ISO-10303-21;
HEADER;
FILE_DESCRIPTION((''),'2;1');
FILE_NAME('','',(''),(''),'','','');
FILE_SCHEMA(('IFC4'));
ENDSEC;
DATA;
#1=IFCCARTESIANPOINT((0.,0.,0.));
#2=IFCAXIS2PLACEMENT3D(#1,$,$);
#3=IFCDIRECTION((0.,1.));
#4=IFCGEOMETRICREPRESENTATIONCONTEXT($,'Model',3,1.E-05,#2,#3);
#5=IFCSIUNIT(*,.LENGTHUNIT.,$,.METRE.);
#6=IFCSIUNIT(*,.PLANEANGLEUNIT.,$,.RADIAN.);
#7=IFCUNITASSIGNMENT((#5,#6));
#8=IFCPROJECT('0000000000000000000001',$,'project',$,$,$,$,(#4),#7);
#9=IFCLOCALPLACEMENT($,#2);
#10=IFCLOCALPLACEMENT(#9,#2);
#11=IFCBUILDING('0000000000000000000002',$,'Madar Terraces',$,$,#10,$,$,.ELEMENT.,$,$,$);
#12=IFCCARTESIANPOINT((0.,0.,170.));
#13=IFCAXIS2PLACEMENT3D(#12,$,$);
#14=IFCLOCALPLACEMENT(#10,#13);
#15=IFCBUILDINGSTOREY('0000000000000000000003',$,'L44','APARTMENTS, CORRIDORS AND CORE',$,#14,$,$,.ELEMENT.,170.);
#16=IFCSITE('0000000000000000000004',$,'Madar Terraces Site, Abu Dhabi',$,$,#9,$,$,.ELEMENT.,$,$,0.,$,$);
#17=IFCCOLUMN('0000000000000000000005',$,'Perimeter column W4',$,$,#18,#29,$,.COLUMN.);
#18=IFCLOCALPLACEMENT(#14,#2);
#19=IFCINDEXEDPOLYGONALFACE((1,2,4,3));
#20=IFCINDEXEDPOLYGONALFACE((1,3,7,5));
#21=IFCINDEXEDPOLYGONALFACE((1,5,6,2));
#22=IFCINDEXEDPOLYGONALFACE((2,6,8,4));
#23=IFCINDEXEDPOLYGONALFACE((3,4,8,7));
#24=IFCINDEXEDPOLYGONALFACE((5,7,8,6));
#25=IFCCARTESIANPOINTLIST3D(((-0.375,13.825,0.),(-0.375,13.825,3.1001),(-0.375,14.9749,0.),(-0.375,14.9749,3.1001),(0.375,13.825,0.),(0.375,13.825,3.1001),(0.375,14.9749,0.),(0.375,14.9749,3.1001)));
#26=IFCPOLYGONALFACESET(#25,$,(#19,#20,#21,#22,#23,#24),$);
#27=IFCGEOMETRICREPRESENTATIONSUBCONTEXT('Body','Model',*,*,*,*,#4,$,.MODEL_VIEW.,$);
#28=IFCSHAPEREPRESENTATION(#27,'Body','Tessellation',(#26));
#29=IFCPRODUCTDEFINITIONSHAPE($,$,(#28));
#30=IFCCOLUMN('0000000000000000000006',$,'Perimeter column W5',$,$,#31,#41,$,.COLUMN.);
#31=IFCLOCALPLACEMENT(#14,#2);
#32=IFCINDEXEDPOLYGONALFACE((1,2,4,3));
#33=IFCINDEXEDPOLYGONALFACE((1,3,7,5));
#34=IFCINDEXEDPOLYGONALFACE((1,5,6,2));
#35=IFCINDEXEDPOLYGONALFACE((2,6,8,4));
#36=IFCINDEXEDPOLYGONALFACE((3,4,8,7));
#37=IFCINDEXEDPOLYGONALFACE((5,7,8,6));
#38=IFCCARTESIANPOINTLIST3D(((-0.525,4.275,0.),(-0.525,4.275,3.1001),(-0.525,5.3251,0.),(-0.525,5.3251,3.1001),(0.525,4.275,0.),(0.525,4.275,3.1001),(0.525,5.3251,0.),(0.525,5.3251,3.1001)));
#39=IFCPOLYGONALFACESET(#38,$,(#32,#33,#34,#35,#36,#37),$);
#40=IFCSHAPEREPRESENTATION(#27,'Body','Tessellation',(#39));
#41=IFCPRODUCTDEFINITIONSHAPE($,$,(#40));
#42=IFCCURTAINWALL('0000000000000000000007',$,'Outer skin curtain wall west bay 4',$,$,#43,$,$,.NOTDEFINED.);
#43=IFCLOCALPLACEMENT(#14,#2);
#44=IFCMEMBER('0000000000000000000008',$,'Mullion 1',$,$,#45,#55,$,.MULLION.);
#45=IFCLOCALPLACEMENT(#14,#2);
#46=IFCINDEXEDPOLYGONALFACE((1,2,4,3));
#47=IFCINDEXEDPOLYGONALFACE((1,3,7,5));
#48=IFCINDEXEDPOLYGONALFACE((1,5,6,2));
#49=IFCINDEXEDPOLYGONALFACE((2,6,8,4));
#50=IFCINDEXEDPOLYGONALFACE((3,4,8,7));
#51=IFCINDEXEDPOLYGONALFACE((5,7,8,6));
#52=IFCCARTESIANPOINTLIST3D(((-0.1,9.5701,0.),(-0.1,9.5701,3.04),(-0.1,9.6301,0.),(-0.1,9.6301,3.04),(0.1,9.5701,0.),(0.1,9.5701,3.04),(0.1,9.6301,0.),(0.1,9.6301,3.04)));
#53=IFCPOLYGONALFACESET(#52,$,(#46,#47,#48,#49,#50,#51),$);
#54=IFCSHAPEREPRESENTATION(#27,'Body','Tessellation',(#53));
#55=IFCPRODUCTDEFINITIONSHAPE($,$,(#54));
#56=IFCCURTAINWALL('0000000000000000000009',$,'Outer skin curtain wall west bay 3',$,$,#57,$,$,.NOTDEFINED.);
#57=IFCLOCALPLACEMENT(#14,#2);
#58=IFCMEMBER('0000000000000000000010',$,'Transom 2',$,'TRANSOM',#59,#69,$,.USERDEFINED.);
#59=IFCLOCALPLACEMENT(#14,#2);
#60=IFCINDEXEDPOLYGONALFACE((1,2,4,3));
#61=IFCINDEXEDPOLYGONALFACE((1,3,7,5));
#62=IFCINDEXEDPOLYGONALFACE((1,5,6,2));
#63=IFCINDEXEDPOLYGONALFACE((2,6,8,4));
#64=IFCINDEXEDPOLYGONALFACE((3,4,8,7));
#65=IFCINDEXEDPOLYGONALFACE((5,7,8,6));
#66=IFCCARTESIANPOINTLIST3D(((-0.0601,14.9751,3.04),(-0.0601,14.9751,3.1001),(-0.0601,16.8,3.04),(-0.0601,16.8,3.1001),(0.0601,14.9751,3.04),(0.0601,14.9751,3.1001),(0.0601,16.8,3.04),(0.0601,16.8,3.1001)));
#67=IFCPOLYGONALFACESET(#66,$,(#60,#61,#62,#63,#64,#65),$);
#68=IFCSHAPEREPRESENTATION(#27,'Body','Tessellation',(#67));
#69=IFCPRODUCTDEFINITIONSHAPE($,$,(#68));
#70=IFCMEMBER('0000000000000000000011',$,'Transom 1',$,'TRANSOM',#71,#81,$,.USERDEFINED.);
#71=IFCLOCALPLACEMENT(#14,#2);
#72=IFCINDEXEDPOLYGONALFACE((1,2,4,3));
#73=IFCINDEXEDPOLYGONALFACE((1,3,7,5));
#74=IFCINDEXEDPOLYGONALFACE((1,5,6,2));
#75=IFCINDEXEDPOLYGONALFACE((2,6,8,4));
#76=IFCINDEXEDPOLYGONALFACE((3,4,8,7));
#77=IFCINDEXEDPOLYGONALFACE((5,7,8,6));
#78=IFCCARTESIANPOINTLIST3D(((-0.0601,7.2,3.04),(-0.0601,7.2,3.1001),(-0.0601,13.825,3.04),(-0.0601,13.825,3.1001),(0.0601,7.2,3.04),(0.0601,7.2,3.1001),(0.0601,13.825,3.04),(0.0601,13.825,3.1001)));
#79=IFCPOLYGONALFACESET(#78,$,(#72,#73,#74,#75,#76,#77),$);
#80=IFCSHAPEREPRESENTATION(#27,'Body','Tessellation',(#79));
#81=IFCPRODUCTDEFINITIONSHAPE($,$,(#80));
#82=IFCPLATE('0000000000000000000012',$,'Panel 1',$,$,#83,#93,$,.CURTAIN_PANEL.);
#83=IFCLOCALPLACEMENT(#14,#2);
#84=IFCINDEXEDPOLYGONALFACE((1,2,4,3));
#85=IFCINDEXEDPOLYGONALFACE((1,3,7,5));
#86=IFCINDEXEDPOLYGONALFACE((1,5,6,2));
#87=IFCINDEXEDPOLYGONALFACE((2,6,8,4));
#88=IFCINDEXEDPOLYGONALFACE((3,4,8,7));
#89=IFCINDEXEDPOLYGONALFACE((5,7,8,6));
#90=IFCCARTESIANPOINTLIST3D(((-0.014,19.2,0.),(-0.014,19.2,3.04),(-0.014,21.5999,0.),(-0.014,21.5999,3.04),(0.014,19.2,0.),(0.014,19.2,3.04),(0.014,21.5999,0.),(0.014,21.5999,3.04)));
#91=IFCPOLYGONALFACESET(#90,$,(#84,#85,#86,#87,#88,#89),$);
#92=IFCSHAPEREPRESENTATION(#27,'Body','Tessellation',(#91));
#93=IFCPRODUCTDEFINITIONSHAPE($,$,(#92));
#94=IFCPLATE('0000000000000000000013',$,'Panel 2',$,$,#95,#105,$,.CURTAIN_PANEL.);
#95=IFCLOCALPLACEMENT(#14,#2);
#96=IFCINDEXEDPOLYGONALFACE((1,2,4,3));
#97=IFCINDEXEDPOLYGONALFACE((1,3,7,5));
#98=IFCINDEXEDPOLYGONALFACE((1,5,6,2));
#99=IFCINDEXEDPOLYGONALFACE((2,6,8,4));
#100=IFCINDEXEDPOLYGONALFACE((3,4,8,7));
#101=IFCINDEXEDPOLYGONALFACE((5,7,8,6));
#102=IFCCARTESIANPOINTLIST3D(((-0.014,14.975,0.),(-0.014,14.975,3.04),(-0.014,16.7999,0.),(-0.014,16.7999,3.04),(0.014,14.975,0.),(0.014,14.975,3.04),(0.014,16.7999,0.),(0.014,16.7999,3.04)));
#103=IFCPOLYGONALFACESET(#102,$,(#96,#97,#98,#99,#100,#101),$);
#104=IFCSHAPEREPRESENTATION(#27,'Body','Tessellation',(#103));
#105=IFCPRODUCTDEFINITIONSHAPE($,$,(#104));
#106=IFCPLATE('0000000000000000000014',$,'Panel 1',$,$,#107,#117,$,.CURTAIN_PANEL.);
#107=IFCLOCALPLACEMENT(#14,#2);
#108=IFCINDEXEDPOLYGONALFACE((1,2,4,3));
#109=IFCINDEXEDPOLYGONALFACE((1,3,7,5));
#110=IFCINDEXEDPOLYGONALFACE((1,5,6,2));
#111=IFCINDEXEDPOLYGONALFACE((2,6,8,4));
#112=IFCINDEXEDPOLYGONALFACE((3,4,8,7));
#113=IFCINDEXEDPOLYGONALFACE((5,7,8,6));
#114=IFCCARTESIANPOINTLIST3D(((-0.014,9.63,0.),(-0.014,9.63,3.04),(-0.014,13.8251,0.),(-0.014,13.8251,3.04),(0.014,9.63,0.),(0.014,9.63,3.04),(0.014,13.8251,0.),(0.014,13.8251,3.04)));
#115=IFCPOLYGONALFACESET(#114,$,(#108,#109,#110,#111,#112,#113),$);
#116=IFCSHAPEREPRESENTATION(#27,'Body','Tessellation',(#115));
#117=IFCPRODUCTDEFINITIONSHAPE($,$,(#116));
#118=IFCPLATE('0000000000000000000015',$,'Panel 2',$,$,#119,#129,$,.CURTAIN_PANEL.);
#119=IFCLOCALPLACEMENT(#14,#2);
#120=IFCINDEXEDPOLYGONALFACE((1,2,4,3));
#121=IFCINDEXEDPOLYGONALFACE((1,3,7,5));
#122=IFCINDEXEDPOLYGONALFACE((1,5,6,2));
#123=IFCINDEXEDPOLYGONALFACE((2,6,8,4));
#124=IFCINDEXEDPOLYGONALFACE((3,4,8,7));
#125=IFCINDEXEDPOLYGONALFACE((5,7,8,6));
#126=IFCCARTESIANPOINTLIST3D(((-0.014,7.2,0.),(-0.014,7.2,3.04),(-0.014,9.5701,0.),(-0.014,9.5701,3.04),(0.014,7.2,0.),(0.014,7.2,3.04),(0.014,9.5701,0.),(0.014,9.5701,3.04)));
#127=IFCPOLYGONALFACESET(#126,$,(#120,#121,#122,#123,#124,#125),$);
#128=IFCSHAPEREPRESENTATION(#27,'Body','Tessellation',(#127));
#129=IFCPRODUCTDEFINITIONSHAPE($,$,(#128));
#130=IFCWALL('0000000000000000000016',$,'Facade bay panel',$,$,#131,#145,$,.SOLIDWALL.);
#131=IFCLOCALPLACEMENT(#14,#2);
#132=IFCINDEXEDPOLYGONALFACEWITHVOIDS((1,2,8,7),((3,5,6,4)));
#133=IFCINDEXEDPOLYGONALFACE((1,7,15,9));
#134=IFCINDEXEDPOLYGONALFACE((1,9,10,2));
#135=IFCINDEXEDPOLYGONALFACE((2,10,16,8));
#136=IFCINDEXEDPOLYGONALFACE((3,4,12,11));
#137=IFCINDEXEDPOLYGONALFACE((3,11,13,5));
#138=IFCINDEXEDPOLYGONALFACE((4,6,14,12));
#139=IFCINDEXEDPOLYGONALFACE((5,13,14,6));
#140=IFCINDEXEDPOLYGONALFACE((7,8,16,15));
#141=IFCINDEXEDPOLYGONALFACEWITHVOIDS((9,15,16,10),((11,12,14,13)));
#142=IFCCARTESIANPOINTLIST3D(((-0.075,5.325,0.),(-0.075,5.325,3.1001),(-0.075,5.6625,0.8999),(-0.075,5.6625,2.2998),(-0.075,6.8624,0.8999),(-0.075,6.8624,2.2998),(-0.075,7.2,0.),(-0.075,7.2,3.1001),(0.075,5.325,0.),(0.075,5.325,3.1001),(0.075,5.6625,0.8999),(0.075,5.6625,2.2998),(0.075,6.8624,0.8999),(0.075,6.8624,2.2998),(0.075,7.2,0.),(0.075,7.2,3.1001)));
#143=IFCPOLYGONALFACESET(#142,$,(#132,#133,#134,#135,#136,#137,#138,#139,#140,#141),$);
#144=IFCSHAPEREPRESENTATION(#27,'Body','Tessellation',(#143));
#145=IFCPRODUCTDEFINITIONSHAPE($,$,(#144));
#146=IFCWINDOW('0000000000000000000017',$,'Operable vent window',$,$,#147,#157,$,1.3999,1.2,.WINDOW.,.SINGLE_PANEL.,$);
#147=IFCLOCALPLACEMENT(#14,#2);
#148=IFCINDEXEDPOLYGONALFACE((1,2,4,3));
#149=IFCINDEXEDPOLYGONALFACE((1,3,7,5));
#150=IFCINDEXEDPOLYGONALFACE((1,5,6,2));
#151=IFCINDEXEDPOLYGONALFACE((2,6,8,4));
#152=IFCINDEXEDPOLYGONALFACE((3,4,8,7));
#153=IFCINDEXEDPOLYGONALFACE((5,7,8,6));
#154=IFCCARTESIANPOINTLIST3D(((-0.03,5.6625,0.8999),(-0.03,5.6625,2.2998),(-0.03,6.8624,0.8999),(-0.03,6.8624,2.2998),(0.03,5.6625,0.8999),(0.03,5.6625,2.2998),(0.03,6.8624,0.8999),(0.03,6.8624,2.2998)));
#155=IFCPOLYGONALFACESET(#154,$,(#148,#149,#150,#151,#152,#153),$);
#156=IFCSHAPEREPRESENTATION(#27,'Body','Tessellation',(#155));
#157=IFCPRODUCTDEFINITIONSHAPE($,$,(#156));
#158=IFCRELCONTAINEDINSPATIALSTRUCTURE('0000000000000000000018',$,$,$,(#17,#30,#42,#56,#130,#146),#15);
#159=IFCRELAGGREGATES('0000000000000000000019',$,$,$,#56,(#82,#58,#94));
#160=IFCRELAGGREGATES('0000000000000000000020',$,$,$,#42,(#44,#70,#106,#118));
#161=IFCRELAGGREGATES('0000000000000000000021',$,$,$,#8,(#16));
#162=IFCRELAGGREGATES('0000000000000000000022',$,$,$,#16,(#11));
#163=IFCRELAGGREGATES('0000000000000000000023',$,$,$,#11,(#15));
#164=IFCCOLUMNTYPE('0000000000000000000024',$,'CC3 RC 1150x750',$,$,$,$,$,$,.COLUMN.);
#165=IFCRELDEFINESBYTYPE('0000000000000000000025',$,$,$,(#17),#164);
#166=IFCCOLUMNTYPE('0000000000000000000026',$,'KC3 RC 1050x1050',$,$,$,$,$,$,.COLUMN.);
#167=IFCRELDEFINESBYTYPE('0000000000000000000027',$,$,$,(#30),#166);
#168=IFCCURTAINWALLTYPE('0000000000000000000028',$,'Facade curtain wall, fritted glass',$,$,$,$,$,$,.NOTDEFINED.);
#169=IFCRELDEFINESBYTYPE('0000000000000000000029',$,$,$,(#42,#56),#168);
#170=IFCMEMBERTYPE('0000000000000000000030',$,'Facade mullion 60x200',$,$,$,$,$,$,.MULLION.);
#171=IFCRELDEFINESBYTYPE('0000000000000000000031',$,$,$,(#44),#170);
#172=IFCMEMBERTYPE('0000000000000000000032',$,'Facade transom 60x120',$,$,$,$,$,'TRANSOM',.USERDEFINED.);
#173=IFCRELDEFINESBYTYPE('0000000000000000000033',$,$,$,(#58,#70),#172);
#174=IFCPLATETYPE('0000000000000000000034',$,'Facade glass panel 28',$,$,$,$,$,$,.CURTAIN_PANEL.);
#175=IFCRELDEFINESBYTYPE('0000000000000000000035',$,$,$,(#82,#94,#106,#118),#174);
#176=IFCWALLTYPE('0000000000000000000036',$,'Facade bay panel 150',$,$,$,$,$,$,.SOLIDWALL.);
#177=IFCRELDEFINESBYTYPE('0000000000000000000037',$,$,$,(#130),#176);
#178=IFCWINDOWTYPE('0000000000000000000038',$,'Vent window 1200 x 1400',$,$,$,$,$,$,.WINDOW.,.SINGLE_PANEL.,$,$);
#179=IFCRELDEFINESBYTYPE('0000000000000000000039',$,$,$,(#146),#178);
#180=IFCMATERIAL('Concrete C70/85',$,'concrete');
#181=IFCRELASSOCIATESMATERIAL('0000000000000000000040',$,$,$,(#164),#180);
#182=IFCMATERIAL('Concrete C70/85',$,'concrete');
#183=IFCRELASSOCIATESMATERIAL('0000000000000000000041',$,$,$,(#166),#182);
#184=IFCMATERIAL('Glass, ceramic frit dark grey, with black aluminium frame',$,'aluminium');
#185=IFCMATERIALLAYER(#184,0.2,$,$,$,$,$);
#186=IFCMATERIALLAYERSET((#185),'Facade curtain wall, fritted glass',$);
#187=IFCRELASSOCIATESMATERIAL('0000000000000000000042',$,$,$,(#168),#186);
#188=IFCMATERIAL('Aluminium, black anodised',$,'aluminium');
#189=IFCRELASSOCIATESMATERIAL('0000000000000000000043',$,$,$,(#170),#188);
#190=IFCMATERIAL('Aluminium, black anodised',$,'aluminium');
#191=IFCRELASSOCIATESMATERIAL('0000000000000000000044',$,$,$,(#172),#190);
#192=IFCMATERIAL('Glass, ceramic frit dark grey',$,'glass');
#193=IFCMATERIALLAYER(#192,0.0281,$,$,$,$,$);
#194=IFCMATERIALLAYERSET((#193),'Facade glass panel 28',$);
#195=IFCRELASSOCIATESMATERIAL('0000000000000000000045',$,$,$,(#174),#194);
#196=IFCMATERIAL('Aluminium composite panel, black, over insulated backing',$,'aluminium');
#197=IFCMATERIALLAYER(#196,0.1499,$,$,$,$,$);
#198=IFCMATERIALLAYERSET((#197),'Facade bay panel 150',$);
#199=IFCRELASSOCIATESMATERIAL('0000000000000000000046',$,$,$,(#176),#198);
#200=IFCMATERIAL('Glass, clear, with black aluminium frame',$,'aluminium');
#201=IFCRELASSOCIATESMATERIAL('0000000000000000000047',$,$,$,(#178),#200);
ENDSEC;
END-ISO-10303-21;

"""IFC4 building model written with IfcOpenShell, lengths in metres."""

from ifc_helpers import new_model, si_unit, direction, frame, frame_2d, origin, origin_2d, place, context, subcontext, project, spatial, rectangle, extrude, material, layer, layer_set, material_profile, profile_set, type_object, element, fill, aggregate, save


model = new_model("IFC4")

# Units and contexts
model_context = context("Model", 3, precision=1e-05, world=origin(), true_north=direction((0.0, 1.0)))
body_context = subcontext(model_context, "Body", "Model", "MODEL_VIEW")
ifc_project = project(units=[si_unit("LENGTHUNIT", "METRE"), si_unit("PLANEANGLEUNIT", "RADIAN")], contexts=[model_context])

# Site, building, storey
site_placement = place(None, origin())
site = spatial("IfcSite", under=ifc_project, at=site_placement, Name="Madar Terraces Site, Abu Dhabi", CompositionType="ELEMENT", RefElevation=0.0)
building_placement = place(site_placement, origin())
building = spatial("IfcBuilding", under=site, at=building_placement, Name="Madar Terraces", CompositionType="ELEMENT")
storey_placement = place(building_placement, frame((0.0, 0.0, 170.0)))
storey = spatial("IfcBuildingStorey", under=building, at=storey_placement, Name="L44", Description="APARTMENTS, CORRIDORS AND CORE", CompositionType="ELEMENT", Elevation=170.0)

# Columns
ifc_material_1 = material(Name="Concrete C70/85", Category="concrete")
ifc_material_profile_1 = material_profile(ifc_material_1, rectangle(XDim=1.1499, YDim=0.75, at=origin_2d()), Name="CC3 RC 1150x750")
ifc_profile_set_1 = profile_set([ifc_material_profile_1], Name="Concrete C70/85")
column_type_1 = type_object("IfcColumnType", Name="CC3 RC 1150x750", PredefinedType="COLUMN", material=ifc_profile_set_1)
column_1_placement = place(storey_placement, frame((0.0, 14.3999, 0.0), z_axis=(0.0, 0.0, 1.0), x_axis=(0.0, 1.0, 0.0)))
element("IfcColumn", 1, at=column_1_placement, inside=storey, type_object=column_type_1, Name="Perimeter column W4", PredefinedType="COLUMN", context=body_context, shape_type="SweptSolid", body=[
    extrude(rectangle(XDim=1.1499, YDim=0.75, at=origin_2d()), origin(), (0.0, 0.0, 1.0), 3.1001),
])
ifc_material_2 = material(Name="Concrete C70/85", Category="concrete")
ifc_material_profile_2 = material_profile(ifc_material_2, rectangle(XDim=1.05, YDim=1.05, at=origin_2d()), Name="KC3 RC 1050x1050")
ifc_profile_set_2 = profile_set([ifc_material_profile_2], Name="Concrete C70/85")
column_type_2 = type_object("IfcColumnType", Name="KC3 RC 1050x1050", PredefinedType="COLUMN", material=ifc_profile_set_2)
column_2_placement = place(storey_placement, frame((0.0, 4.8, 0.0), z_axis=(0.0, 0.0, 1.0), x_axis=(1.0, 0.0, 0.0)))
element("IfcColumn", 2, at=column_2_placement, inside=storey, type_object=column_type_2, Name="Perimeter column W5", PredefinedType="COLUMN", context=body_context, shape_type="SweptSolid", body=[
    extrude(rectangle(XDim=1.05, YDim=1.05, at=origin_2d()), origin(), (0.0, 0.0, 1.0), 3.1001),
])

# Curtain walls, members
ifc_material_3 = material(Name="Glass, ceramic frit dark grey, with black aluminium frame", Category="aluminium")
ifc_layer_1 = layer(ifc_material_3, 0.2)
ifc_layer_set_1 = layer_set([ifc_layer_1], Name="Facade curtain wall, fritted glass")
curtain_wall_type = type_object("IfcCurtainWallType", Name="Facade curtain wall, fritted glass", PredefinedType="NOTDEFINED", material=ifc_layer_set_1)
curtain_wall_1_placement = place(storey_placement, origin())
curtain_wall_1 = element("IfcCurtainWall", 3, at=curtain_wall_1_placement, inside=storey, type_object=curtain_wall_type, Name="Outer skin curtain wall west bay 4", PredefinedType="NOTDEFINED")
ifc_material_4 = material(Name="Aluminium, black anodised", Category="aluminium")
ifc_material_profile_3 = material_profile(ifc_material_4, rectangle(XDim=0.2, YDim=0.0601, at=origin_2d()), Name="Facade mullion 60x200")
ifc_profile_set_3 = profile_set([ifc_material_profile_3], Name="Aluminium, black anodised")
member_type_1 = type_object("IfcMemberType", Name="Facade mullion 60x200", PredefinedType="MULLION", material=ifc_profile_set_3)
member_1_placement = place(storey_placement, frame((0.0, 9.6001, 0.0), z_axis=(0.0, 0.0, 1.0), x_axis=(1.0, 0.0, 0.0)))
member_1 = element("IfcMember", 4, at=member_1_placement, type_object=member_type_1, Name="Mullion 1", PredefinedType="MULLION", context=body_context, shape_type="SweptSolid", body=[
    extrude(rectangle(XDim=0.2, YDim=0.0601, at=origin_2d()), origin(), (0.0, 0.0, 1.0), 3.04),
])
curtain_wall_2_placement = place(storey_placement, origin())
curtain_wall_2 = element("IfcCurtainWall", 5, at=curtain_wall_2_placement, inside=storey, type_object=curtain_wall_type, Name="Outer skin curtain wall west bay 3", PredefinedType="NOTDEFINED")
ifc_material_5 = material(Name="Aluminium, black anodised", Category="aluminium")
ifc_material_profile_4 = material_profile(ifc_material_5, rectangle(XDim=0.1201, YDim=0.0601, at=origin_2d()), Name="Facade transom 60x120")
ifc_profile_set_4 = profile_set([ifc_material_profile_4], Name="Aluminium, black anodised")
member_type_2 = type_object("IfcMemberType", Name="Facade transom 60x120", ElementType="TRANSOM", PredefinedType="USERDEFINED", material=ifc_profile_set_4)
member_2_placement = place(storey_placement, frame((0.0, 16.8, 3.0701), z_axis=(0.0, -1.0, 0.0), x_axis=(1.0, 0.0, 0.0)))
member_2 = element("IfcMember", 6, at=member_2_placement, type_object=member_type_2, Name="Transom 2", ObjectType="TRANSOM", PredefinedType="USERDEFINED", context=body_context, shape_type="SweptSolid", body=[
    extrude(rectangle(XDim=0.1201, YDim=0.0601, at=origin_2d()), origin(), (0.0, 0.0, 1.0), 1.825),
])

# Member
member_3_placement = place(storey_placement, frame((0.0, 13.825, 3.0701), z_axis=(0.0, -1.0, 0.0), x_axis=(1.0, 0.0, 0.0)))
member_3 = element("IfcMember", 7, at=member_3_placement, type_object=member_type_2, Name="Transom 1", ObjectType="TRANSOM", PredefinedType="USERDEFINED", context=body_context, shape_type="SweptSolid", body=[
    extrude(rectangle(XDim=0.1201, YDim=0.0601, at=origin_2d()), origin(), (0.0, 0.0, 1.0), 6.625),
])

# Plates
ifc_material_6 = material(Name="Glass, ceramic frit dark grey", Category="glass")
ifc_layer_2 = layer(ifc_material_6, 0.0281)
ifc_layer_set_2 = layer_set([ifc_layer_2], Name="Facade glass panel 28")
plate_type = type_object("IfcPlateType", Name="Facade glass panel 28", PredefinedType="CURTAIN_PANEL", material=ifc_layer_set_2)
plate_1_placement = place(storey_placement, frame((0.0, 20.3999, 0.0), z_axis=(0.0, 0.0, 1.0), x_axis=(0.0, -1.0, 0.0)))
plate_1 = element("IfcPlate", 8, at=plate_1_placement, type_object=plate_type, Name="Panel 1", PredefinedType="CURTAIN_PANEL", context=body_context, shape_type="SweptSolid", body=[
    extrude(rectangle(XDim=2.3999, YDim=0.0281, at=origin_2d()), origin(), (0.0, 0.0, 1.0), 3.04),
])
plate_2_placement = place(storey_placement, frame((0.0, 15.8875, 0.0), z_axis=(0.0, 0.0, 1.0), x_axis=(0.0, -1.0, 0.0)))
plate_2 = element("IfcPlate", 9, at=plate_2_placement, type_object=plate_type, Name="Panel 2", PredefinedType="CURTAIN_PANEL", context=body_context, shape_type="SweptSolid", body=[
    extrude(rectangle(XDim=1.825, YDim=0.0281, at=origin_2d()), origin(), (0.0, 0.0, 1.0), 3.04),
])
aggregate(curtain_wall_2, [plate_1, member_2, plate_2])
plate_3_placement = place(storey_placement, frame((0.0, 11.7275, 0.0), z_axis=(0.0, 0.0, 1.0), x_axis=(0.0, -1.0, 0.0)))
plate_3 = element("IfcPlate", 10, at=plate_3_placement, type_object=plate_type, Name="Panel 1", PredefinedType="CURTAIN_PANEL", context=body_context, shape_type="SweptSolid", body=[
    extrude(rectangle(XDim=4.1951, YDim=0.0281, at=origin_2d()), origin(), (0.0, 0.0, 1.0), 3.04),
])
plate_4_placement = place(storey_placement, frame((0.0, 8.385, 0.0), z_axis=(0.0, 0.0, 1.0), x_axis=(0.0, -1.0, 0.0)))
plate_4 = element("IfcPlate", 11, at=plate_4_placement, type_object=plate_type, Name="Panel 2", PredefinedType="CURTAIN_PANEL", context=body_context, shape_type="SweptSolid", body=[
    extrude(rectangle(XDim=2.3701, YDim=0.0281, at=origin_2d()), origin(), (0.0, 0.0, 1.0), 3.04),
])
aggregate(curtain_wall_1, [member_1, member_3, plate_3, plate_4])

# Shared definitions
ifc_material_7 = material(Name="Aluminium composite panel, black, over insulated backing", Category="aluminium")
ifc_layer_3 = layer(ifc_material_7, 0.1499)
ifc_layer_set_3 = layer_set([ifc_layer_3], Name="Facade bay panel 150")
wall_type_1 = type_object("IfcWallType", Name="Facade bay panel 150", PredefinedType="SOLIDWALL", material=ifc_layer_set_3)

# Wall, opening, window
wall_1_placement = place(storey_placement, frame((0.0, 7.2, 0.0), z_axis=(0.0, 0.0, 1.0), x_axis=(0.0, -1.0, 0.0)))
wall_1 = element("IfcWall", 12, at=wall_1_placement, inside=storey, type_object=wall_type_1, Name="Facade bay panel", PredefinedType="SOLIDWALL", context=body_context, shape_type="SweptSolid", body=[
    extrude(rectangle(XDim=1.875, YDim=0.1499, at=frame_2d((0.9375, 0.0))), origin(), (0.0, 0.0, 1.0), 3.1001),
])
opening_1_placement = place(wall_1_placement, frame((0.3374, 0.0, 0.8999)))
opening_1 = element("IfcOpeningElement", 13, at=opening_1_placement, cuts=wall_1, PredefinedType="OPENING", context=body_context, shape_type="SweptSolid", body=[
    extrude(rectangle(XDim=1.2, YDim=1.3999, at=frame_2d((0.6001, 0.7))), frame((0.0, 0.085, 0.0), z_axis=(0.0, -1.0, 0.0), x_axis=(1.0, 0.0, 0.0)), (0.0, 0.0, 1.0), 0.1699),
])
ifc_material_8 = material(Name="Glass, clear, with black aluminium frame", Category="aluminium")
window_type = type_object("IfcWindowType", Name="Vent window 1200 x 1400", PartitioningType="SINGLE_PANEL", PredefinedType="WINDOW", material=ifc_material_8)
window_placement = place(opening_1_placement, origin())
window = element("IfcWindow", 14, at=window_placement, inside=storey, type_object=window_type, Name="Operable vent window", OverallHeight=1.3999, OverallWidth=1.2, PartitioningType="SINGLE_PANEL", PredefinedType="WINDOW", context=body_context, shape_type="SweptSolid", body=[
    extrude(rectangle(XDim=1.2, YDim=1.3999, at=frame_2d((0.6001, 0.7))), frame((0.0, 0.03, 0.0), z_axis=(0.0, -1.0, 0.0), x_axis=(1.0, 0.0, 0.0)), (0.0, 0.0, 1.0), 0.0601),
])
fill(opening_1, window)

save(model, "model.ifc")
